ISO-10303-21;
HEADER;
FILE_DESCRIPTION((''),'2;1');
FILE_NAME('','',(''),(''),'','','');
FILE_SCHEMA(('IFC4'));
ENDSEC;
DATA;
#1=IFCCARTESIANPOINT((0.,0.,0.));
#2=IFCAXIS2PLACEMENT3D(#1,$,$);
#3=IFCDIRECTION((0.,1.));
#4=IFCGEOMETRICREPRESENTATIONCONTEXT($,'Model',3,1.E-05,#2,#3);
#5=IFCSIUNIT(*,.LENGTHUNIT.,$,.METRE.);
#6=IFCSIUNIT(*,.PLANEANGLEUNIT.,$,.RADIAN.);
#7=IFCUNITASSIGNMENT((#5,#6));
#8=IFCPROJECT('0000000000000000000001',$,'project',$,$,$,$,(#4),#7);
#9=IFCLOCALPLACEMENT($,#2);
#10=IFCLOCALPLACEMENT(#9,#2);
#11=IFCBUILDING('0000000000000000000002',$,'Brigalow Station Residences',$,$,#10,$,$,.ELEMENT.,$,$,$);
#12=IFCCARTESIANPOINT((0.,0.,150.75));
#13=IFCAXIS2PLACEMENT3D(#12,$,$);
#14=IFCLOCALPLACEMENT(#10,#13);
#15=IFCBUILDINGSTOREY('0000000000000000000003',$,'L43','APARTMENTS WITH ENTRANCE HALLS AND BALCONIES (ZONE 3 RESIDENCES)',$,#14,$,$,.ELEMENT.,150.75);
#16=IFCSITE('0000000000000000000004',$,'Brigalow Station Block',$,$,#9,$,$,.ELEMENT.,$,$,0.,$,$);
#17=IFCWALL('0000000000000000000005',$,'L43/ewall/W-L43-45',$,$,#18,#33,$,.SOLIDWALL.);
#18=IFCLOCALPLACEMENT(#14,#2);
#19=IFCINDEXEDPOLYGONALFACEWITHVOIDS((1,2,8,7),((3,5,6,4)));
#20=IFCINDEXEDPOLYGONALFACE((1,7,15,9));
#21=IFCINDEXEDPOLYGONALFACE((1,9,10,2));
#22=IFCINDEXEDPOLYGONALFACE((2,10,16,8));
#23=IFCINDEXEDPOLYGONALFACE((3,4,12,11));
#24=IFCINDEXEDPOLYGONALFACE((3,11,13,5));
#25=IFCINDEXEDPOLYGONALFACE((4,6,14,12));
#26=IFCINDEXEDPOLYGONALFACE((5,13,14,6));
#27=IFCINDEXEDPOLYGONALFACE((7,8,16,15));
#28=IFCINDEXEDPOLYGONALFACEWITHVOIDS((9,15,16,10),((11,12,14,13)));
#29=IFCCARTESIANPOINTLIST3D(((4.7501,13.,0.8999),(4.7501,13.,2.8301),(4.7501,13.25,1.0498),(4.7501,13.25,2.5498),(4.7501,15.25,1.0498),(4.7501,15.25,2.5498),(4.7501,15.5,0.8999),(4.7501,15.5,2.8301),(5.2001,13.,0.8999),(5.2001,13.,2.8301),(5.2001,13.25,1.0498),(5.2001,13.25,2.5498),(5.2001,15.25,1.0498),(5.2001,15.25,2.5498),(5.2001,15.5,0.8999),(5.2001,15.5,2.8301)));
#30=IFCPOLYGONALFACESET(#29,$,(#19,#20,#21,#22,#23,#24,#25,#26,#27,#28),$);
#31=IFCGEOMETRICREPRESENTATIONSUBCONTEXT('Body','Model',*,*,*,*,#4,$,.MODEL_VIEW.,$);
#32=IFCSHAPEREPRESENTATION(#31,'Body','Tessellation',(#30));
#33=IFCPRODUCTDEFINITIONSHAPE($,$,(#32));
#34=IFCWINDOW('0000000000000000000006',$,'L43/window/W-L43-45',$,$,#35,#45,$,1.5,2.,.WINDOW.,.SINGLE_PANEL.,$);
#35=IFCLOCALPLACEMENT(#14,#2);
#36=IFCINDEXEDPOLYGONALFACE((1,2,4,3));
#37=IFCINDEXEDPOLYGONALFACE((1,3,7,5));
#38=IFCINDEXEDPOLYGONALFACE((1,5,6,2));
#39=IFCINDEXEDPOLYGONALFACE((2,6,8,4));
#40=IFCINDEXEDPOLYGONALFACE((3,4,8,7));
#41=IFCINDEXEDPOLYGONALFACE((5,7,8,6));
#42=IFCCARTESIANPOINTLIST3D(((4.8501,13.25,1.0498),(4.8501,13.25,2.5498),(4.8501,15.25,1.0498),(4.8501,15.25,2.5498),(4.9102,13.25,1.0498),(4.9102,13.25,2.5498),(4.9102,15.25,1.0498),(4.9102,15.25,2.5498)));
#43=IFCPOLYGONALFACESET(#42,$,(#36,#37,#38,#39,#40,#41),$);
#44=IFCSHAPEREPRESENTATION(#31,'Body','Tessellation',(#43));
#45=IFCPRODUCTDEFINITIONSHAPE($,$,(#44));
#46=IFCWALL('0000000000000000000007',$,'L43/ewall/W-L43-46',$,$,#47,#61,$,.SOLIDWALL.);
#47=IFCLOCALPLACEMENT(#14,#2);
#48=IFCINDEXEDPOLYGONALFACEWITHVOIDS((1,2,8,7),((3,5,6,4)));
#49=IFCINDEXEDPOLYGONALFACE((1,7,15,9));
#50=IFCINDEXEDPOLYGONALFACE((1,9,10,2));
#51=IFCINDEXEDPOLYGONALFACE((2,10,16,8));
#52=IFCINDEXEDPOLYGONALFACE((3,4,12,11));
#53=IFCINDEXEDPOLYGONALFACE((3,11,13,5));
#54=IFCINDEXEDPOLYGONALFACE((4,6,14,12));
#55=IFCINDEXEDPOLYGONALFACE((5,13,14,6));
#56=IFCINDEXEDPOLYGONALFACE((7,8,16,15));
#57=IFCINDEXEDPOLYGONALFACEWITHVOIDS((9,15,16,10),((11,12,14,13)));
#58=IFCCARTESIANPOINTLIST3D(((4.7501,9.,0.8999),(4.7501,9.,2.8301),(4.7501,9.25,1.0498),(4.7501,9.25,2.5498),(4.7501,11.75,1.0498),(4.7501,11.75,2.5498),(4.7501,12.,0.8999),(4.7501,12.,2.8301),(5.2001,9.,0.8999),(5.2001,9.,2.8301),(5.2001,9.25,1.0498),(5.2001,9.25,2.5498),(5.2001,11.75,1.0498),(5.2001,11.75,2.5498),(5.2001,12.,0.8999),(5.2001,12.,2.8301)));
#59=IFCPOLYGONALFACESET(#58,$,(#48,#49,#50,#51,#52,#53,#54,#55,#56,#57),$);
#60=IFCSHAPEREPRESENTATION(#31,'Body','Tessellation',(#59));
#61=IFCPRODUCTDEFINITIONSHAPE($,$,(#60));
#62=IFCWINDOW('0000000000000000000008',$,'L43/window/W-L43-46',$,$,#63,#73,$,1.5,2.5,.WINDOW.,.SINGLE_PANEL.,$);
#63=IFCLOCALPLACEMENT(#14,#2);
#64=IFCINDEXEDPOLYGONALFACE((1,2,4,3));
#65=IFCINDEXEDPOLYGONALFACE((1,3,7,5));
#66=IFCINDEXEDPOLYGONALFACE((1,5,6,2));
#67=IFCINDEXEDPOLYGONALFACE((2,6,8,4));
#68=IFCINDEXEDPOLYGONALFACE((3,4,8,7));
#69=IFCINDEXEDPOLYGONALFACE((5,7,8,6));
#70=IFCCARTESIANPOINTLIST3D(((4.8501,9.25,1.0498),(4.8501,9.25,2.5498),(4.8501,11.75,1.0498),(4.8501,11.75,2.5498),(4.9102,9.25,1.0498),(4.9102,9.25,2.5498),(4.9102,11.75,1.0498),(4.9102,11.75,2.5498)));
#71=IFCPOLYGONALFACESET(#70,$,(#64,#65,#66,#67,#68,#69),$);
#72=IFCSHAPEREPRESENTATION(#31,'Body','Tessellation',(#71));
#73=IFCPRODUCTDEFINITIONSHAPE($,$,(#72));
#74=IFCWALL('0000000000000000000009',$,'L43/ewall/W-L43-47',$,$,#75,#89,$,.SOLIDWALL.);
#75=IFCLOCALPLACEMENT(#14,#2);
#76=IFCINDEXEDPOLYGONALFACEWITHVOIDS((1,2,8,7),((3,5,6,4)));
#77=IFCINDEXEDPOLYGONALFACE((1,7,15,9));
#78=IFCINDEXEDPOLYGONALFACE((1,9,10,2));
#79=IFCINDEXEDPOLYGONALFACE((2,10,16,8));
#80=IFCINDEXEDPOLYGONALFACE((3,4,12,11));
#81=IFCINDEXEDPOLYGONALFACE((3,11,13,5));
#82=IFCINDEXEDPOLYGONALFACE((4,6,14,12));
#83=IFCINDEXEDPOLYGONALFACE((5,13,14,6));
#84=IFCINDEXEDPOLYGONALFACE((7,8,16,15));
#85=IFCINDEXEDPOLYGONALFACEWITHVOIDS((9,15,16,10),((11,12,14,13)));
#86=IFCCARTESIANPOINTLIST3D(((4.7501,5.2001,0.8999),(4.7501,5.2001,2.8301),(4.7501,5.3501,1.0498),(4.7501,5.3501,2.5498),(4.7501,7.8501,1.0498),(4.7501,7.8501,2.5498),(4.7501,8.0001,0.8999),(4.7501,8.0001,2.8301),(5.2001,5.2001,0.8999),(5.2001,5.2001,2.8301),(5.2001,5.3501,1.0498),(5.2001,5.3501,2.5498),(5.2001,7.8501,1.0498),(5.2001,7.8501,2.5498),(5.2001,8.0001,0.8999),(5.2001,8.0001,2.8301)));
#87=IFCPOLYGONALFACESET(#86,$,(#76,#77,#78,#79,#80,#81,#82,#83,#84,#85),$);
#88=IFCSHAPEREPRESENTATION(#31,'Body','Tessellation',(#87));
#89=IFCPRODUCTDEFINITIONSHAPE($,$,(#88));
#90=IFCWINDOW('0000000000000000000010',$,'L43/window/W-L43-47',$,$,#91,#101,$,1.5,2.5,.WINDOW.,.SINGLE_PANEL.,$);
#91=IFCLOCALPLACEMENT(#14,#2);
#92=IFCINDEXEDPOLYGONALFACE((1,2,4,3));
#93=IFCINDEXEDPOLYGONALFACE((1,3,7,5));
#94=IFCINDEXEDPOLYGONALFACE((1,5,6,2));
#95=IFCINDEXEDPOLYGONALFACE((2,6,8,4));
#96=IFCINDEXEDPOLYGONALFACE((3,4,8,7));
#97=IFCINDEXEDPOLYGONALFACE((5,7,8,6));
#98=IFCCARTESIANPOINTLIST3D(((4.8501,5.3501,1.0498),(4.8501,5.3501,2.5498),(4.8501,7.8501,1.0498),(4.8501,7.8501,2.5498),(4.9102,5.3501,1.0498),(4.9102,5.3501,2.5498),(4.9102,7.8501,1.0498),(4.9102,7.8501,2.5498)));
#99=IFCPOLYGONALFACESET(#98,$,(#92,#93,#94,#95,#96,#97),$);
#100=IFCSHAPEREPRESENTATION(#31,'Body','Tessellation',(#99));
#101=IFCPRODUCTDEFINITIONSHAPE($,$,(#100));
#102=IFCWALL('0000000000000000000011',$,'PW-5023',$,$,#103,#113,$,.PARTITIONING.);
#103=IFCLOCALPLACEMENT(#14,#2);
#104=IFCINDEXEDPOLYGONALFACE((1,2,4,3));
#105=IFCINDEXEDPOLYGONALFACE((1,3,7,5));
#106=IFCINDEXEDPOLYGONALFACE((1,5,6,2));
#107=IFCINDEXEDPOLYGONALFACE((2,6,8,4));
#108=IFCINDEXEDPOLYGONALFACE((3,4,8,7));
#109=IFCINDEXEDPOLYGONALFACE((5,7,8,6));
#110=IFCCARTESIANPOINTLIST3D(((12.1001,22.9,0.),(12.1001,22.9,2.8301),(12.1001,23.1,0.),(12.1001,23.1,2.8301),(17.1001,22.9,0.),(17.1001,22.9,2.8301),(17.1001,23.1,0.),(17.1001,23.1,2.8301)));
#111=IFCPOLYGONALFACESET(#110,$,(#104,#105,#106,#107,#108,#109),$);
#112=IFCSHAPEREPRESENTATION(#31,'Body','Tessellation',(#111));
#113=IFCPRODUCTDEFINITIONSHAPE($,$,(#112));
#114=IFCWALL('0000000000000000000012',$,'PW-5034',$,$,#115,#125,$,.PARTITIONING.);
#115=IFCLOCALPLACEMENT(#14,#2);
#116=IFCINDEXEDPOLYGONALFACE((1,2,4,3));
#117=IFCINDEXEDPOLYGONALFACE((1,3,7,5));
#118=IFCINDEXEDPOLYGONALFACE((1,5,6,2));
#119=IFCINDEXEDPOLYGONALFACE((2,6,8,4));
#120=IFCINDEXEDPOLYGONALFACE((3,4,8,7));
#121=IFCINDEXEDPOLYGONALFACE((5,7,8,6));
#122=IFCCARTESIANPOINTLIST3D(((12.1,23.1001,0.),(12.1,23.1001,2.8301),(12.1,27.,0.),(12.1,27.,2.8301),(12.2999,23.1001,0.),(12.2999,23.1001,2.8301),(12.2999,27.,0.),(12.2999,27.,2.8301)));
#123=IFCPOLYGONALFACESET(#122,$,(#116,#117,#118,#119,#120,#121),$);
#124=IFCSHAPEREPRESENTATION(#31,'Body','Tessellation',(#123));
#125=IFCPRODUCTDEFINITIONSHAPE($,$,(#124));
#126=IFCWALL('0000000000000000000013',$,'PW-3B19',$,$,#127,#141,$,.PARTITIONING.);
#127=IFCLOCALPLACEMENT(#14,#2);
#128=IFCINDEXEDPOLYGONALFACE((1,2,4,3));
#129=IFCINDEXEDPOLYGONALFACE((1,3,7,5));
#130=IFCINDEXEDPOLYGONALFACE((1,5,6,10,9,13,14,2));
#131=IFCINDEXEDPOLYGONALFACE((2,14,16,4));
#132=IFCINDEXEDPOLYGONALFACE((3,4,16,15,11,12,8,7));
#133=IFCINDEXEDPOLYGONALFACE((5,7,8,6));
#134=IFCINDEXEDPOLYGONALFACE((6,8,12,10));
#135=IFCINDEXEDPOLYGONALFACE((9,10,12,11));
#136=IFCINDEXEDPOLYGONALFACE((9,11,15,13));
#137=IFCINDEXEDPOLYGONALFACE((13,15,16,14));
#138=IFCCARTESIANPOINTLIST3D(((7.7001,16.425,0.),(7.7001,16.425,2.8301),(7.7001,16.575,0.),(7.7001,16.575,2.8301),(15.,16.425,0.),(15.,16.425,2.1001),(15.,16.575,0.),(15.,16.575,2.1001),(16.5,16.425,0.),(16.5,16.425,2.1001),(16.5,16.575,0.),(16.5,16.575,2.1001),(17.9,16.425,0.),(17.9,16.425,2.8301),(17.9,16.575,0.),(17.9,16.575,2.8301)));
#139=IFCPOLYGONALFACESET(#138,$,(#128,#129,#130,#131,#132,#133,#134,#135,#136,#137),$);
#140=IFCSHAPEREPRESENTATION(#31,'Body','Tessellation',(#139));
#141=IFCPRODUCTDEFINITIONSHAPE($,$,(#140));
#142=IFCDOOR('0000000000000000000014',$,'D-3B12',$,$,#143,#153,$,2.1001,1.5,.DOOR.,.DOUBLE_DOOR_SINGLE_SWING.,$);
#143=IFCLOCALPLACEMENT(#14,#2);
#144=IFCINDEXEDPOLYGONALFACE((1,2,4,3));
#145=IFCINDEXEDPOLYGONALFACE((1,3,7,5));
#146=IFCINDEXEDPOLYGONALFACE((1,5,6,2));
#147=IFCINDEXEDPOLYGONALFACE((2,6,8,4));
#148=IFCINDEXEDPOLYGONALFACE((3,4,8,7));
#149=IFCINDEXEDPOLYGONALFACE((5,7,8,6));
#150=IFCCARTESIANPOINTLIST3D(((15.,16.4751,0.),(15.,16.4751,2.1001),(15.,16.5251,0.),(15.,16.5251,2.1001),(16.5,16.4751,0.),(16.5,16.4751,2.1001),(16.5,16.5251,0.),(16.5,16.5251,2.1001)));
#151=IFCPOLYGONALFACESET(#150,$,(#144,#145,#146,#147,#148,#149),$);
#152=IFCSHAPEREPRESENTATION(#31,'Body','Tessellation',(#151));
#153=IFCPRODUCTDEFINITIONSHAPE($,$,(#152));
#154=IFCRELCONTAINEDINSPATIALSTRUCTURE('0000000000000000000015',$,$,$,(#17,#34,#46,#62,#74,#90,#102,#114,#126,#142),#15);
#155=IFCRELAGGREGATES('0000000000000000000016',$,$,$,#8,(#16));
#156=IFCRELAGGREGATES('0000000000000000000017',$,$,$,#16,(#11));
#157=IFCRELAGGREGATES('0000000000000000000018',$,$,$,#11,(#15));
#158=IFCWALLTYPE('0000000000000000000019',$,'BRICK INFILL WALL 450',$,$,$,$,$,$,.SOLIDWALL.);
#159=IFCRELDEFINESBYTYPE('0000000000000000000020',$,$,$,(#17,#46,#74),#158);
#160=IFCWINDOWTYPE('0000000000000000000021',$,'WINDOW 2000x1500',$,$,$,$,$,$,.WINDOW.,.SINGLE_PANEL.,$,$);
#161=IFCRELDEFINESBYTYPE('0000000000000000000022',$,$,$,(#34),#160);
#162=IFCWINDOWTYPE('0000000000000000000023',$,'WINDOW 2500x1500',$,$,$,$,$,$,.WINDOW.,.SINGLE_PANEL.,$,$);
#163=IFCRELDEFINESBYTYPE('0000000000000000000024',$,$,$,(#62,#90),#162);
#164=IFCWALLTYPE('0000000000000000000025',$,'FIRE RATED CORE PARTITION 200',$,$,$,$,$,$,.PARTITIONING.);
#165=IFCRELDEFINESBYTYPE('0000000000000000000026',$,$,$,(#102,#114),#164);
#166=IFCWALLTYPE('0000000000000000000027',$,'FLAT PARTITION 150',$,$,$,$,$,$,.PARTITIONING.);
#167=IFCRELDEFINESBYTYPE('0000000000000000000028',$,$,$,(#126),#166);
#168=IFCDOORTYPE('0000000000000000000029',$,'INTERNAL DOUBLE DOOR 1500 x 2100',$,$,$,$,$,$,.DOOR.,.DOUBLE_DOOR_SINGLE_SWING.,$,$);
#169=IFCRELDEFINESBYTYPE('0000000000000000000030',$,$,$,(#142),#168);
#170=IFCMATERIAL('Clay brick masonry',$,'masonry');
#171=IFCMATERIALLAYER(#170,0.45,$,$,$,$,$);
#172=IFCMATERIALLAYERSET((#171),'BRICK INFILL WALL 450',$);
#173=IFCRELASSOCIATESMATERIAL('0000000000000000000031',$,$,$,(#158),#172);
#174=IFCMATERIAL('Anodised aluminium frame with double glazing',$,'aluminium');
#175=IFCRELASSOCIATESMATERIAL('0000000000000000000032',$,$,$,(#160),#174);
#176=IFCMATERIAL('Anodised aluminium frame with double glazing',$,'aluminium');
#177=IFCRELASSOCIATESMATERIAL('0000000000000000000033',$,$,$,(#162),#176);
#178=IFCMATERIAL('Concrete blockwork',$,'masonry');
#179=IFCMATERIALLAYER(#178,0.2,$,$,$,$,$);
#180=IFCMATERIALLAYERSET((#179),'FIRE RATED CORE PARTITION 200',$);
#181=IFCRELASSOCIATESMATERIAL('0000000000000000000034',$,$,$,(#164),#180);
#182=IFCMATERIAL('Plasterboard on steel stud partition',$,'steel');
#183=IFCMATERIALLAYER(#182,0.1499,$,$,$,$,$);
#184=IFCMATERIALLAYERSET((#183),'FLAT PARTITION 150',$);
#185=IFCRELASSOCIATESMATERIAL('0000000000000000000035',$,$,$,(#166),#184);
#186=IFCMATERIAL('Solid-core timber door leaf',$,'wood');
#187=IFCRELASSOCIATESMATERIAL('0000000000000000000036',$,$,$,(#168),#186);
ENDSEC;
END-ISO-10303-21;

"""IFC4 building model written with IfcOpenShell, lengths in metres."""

from ifc_helpers import new_model, si_unit, direction, frame, frame_2d, origin, place, context, subcontext, project, spatial, rectangle, extrude, material, layer, layer_set, type_object, element, fill, save


model = new_model("IFC4")

# Units and contexts
model_context = context("Model", 3, precision=1e-05, world=origin(), true_north=direction((0.0, 1.0)))
body_context = subcontext(model_context, "Body", "Model", "MODEL_VIEW")
ifc_project = project(units=[si_unit("LENGTHUNIT", "METRE"), si_unit("PLANEANGLEUNIT", "RADIAN")], contexts=[model_context])

# Site, building, storey
site_placement = place(None, origin())
site = spatial("IfcSite", under=ifc_project, at=site_placement, Name="Brigalow Station Block", CompositionType="ELEMENT", RefElevation=0.0)
building_placement = place(site_placement, origin())
building = spatial("IfcBuilding", under=site, at=building_placement, Name="Brigalow Station Residences", CompositionType="ELEMENT")
storey_placement = place(building_placement, frame((0.0, 0.0, 150.75)))
storey = spatial("IfcBuildingStorey", under=building, at=storey_placement, Name="L43", Description="APARTMENTS WITH ENTRANCE HALLS AND BALCONIES (ZONE 3 RESIDENCES)", CompositionType="ELEMENT", Elevation=150.75)

# Shared definitions
ifc_material_1 = material(Name="Clay brick masonry", Category="masonry")
ifc_layer_1 = layer(ifc_material_1, 0.45)
ifc_layer_set_1 = layer_set([ifc_layer_1], Name="BRICK INFILL WALL 450")
wall_type_1 = type_object("IfcWallType", Name="BRICK INFILL WALL 450", PredefinedType="SOLIDWALL", material=ifc_layer_set_1)

# Walls, openings, windows
wall_1_placement = place(storey_placement, frame((4.9751, 15.5, 0.8999), z_axis=(0.0, 0.0, 1.0), x_axis=(0.0, -1.0, 0.0)))
wall_1 = element("IfcWall", 1, at=wall_1_placement, inside=storey, type_object=wall_type_1, Name="L43/ewall/W-L43-45", PredefinedType="SOLIDWALL", context=body_context, shape_type="SweptSolid", body=[
    extrude(rectangle(XDim=2.5, YDim=0.45, at=frame_2d((1.25, 0.0))), origin(), (0.0, 0.0, 1.0), 1.9302),
])
opening_1_placement = place(wall_1_placement, frame((0.25, 0.0, 0.1499)))
opening_1 = element("IfcOpeningElement", 2, at=opening_1_placement, cuts=wall_1, PredefinedType="OPENING", context=body_context, shape_type="SweptSolid", body=[
    extrude(rectangle(XDim=2.0, YDim=1.5, at=frame_2d((1.0, 0.75))), frame((0.0, 0.2349, 0.0), z_axis=(0.0, -1.0, 0.0), x_axis=(1.0, 0.0, 0.0)), (0.0, 0.0, 1.0), 0.47),
])
ifc_material_2 = material(Name="Anodised aluminium frame with double glazing", Category="aluminium")
window_type_1 = type_object("IfcWindowType", Name="WINDOW 2000x1500", PartitioningType="SINGLE_PANEL", PredefinedType="WINDOW", material=ifc_material_2)
window_1_placement = place(opening_1_placement, origin())
window_1 = element("IfcWindow", 3, at=window_1_placement, inside=storey, type_object=window_type_1, Name="L43/window/W-L43-45", OverallHeight=1.5, OverallWidth=2.0, PartitioningType="SINGLE_PANEL", PredefinedType="WINDOW", context=body_context, shape_type="SweptSolid", body=[
    extrude(rectangle(XDim=2.0, YDim=1.5, at=frame_2d((1.0, 0.75))), frame((0.0, -0.0649, 0.0), z_axis=(0.0, -1.0, 0.0), x_axis=(1.0, 0.0, 0.0)), (0.0, 0.0, 1.0), 0.0601),
])
fill(opening_1, window_1)
wall_2_placement = place(storey_placement, frame((4.9751, 12.0, 0.8999), z_axis=(0.0, 0.0, 1.0), x_axis=(0.0, -1.0, 0.0)))
wall_2 = element("IfcWall", 4, at=wall_2_placement, inside=storey, type_object=wall_type_1, Name="L43/ewall/W-L43-46", PredefinedType="SOLIDWALL", context=body_context, shape_type="SweptSolid", body=[
    extrude(rectangle(XDim=3.0, YDim=0.45, at=frame_2d((1.5, 0.0))), origin(), (0.0, 0.0, 1.0), 1.9302),
])
opening_2_placement = place(wall_2_placement, frame((0.25, 0.0, 0.1499)))
opening_2 = element("IfcOpeningElement", 5, at=opening_2_placement, cuts=wall_2, PredefinedType="OPENING", context=body_context, shape_type="SweptSolid", body=[
    extrude(rectangle(XDim=2.5, YDim=1.5, at=frame_2d((1.25, 0.75))), frame((0.0, 0.2349, 0.0), z_axis=(0.0, -1.0, 0.0), x_axis=(1.0, 0.0, 0.0)), (0.0, 0.0, 1.0), 0.47),
])
ifc_material_3 = material(Name="Anodised aluminium frame with double glazing", Category="aluminium")
window_type_2 = type_object("IfcWindowType", Name="WINDOW 2500x1500", PartitioningType="SINGLE_PANEL", PredefinedType="WINDOW", material=ifc_material_3)
window_2_placement = place(opening_2_placement, origin())
window_2 = element("IfcWindow", 6, at=window_2_placement, inside=storey, type_object=window_type_2, Name="L43/window/W-L43-46", OverallHeight=1.5, OverallWidth=2.5, PartitioningType="SINGLE_PANEL", PredefinedType="WINDOW", context=body_context, shape_type="SweptSolid", body=[
    extrude(rectangle(XDim=2.5, YDim=1.5, at=frame_2d((1.25, 0.75))), frame((0.0, -0.0649, 0.0), z_axis=(0.0, -1.0, 0.0), x_axis=(1.0, 0.0, 0.0)), (0.0, 0.0, 1.0), 0.0601),
])
fill(opening_2, window_2)
wall_3_placement = place(storey_placement, frame((4.9751, 8.0, 0.8999), z_axis=(0.0, 0.0, 1.0), x_axis=(0.0, -1.0, 0.0)))
wall_3 = element("IfcWall", 7, at=wall_3_placement, inside=storey, type_object=wall_type_1, Name="L43/ewall/W-L43-47", PredefinedType="SOLIDWALL", context=body_context, shape_type="SweptSolid", body=[
    extrude(rectangle(XDim=2.8, YDim=0.45, at=frame_2d((1.3999, 0.0))), origin(), (0.0, 0.0, 1.0), 1.9302),
])
opening_3_placement = place(wall_3_placement, frame((0.1499, 0.0, 0.1499)))
opening_3 = element("IfcOpeningElement", 8, at=opening_3_placement, cuts=wall_3, PredefinedType="OPENING", context=body_context, shape_type="SweptSolid", body=[
    extrude(rectangle(XDim=2.5, YDim=1.5, at=frame_2d((1.25, 0.75))), frame((0.0, 0.2349, 0.0), z_axis=(0.0, -1.0, 0.0), x_axis=(1.0, 0.0, 0.0)), (0.0, 0.0, 1.0), 0.47),
])
window_3_placement = place(opening_3_placement, origin())
window_3 = element("IfcWindow", 9, at=window_3_placement, inside=storey, type_object=window_type_2, Name="L43/window/W-L43-47", OverallHeight=1.5, OverallWidth=2.5, PartitioningType="SINGLE_PANEL", PredefinedType="WINDOW", context=body_context, shape_type="SweptSolid", body=[
    extrude(rectangle(XDim=2.5, YDim=1.5, at=frame_2d((1.25, 0.75))), frame((0.0, -0.0649, 0.0), z_axis=(0.0, -1.0, 0.0), x_axis=(1.0, 0.0, 0.0)), (0.0, 0.0, 1.0), 0.0601),
])
fill(opening_3, window_3)

# Walls
ifc_material_4 = material(Name="Concrete blockwork", Category="masonry")
ifc_layer_2 = layer(ifc_material_4, 0.2)
ifc_layer_set_2 = layer_set([ifc_layer_2], Name="FIRE RATED CORE PARTITION 200")
wall_type_2 = type_object("IfcWallType", Name="FIRE RATED CORE PARTITION 200", PredefinedType="PARTITIONING", material=ifc_layer_set_2)
wall_4_placement = place(storey_placement, frame((12.1001, 23.0, 0.0), z_axis=(0.0, 0.0, 1.0), x_axis=(1.0, 0.0, 0.0)))
element("IfcWall", 10, at=wall_4_placement, inside=storey, type_object=wall_type_2, Name="PW-5023", PredefinedType="PARTITIONING", context=body_context, shape_type="SweptSolid", body=[
    extrude(rectangle(XDim=5.0, YDim=0.2, at=frame_2d((2.5, 0.0))), origin(), (0.0, 0.0, 1.0), 2.8301),
])
wall_5_placement = place(storey_placement, frame((12.2, 23.1001, 0.0), z_axis=(0.0, 0.0, 1.0), x_axis=(0.0, 1.0, 0.0)))
element("IfcWall", 11, at=wall_5_placement, inside=storey, type_object=wall_type_2, Name="PW-5034", PredefinedType="PARTITIONING", context=body_context, shape_type="SweptSolid", body=[
    extrude(rectangle(XDim=3.8999, YDim=0.2, at=frame_2d((1.95, 0.0))), origin(), (0.0, 0.0, 1.0), 2.8301),
])

# Wall, opening, door
ifc_material_5 = material(Name="Plasterboard on steel stud partition", Category="steel")
ifc_layer_3 = layer(ifc_material_5, 0.1499)
ifc_layer_set_3 = layer_set([ifc_layer_3], Name="FLAT PARTITION 150")
wall_type_3 = type_object("IfcWallType", Name="FLAT PARTITION 150", PredefinedType="PARTITIONING", material=ifc_layer_set_3)
wall_6_placement = place(storey_placement, frame((7.7, 16.5, 0.0), z_axis=(0.0, 0.0, 1.0), x_axis=(1.0, 0.0, 0.0)))
wall_6 = element("IfcWall", 12, at=wall_6_placement, inside=storey, type_object=wall_type_3, Name="PW-3B19", PredefinedType="PARTITIONING", context=body_context, shape_type="SweptSolid", body=[
    extrude(rectangle(XDim=10.2, YDim=0.1499, at=frame_2d((5.1001, 0.0))), origin(), (0.0, 0.0, 1.0), 2.8301),
])
opening_4_placement = place(wall_6_placement, frame((7.3, 0.0, 0.0)))
opening_4 = element("IfcOpeningElement", 13, at=opening_4_placement, cuts=wall_6, PredefinedType="OPENING", context=body_context, shape_type="SweptSolid", body=[
    extrude(rectangle(XDim=1.5, YDim=2.1001, at=frame_2d((0.75, 1.05))), frame((0.0, 0.085, 0.0), z_axis=(0.0, -1.0, 0.0), x_axis=(1.0, 0.0, 0.0)), (0.0, 0.0, 1.0), 0.1699),
])
ifc_material_6 = material(Name="Solid-core timber door leaf", Category="wood")
door_type_1 = type_object("IfcDoorType", Name="INTERNAL DOUBLE DOOR 1500 x 2100", OperationType="DOUBLE_DOOR_SINGLE_SWING", PredefinedType="DOOR", material=ifc_material_6)
door_1_placement = place(opening_4_placement, frame((1.5, 0.0, 0.0), z_axis=(0.0, 0.0, 1.0), x_axis=(-1.0, 0.0, 0.0)))
door_1 = element("IfcDoor", 14, at=door_1_placement, inside=storey, type_object=door_type_1, Name="D-3B12", OperationType="DOUBLE_DOOR_SINGLE_SWING", OverallHeight=2.1001, OverallWidth=1.5, PredefinedType="DOOR", context=body_context, shape_type="SweptSolid", body=[
    extrude(rectangle(XDim=1.5, YDim=2.1001, at=frame_2d((0.75, 1.05))), frame((0.0, 0.0249, 0.0), z_axis=(0.0, -1.0, 0.0), x_axis=(1.0, 0.0, 0.0)), (0.0, 0.0, 1.0), 0.05),
])
fill(opening_4, door_1)

save(model, "model.ifc")
